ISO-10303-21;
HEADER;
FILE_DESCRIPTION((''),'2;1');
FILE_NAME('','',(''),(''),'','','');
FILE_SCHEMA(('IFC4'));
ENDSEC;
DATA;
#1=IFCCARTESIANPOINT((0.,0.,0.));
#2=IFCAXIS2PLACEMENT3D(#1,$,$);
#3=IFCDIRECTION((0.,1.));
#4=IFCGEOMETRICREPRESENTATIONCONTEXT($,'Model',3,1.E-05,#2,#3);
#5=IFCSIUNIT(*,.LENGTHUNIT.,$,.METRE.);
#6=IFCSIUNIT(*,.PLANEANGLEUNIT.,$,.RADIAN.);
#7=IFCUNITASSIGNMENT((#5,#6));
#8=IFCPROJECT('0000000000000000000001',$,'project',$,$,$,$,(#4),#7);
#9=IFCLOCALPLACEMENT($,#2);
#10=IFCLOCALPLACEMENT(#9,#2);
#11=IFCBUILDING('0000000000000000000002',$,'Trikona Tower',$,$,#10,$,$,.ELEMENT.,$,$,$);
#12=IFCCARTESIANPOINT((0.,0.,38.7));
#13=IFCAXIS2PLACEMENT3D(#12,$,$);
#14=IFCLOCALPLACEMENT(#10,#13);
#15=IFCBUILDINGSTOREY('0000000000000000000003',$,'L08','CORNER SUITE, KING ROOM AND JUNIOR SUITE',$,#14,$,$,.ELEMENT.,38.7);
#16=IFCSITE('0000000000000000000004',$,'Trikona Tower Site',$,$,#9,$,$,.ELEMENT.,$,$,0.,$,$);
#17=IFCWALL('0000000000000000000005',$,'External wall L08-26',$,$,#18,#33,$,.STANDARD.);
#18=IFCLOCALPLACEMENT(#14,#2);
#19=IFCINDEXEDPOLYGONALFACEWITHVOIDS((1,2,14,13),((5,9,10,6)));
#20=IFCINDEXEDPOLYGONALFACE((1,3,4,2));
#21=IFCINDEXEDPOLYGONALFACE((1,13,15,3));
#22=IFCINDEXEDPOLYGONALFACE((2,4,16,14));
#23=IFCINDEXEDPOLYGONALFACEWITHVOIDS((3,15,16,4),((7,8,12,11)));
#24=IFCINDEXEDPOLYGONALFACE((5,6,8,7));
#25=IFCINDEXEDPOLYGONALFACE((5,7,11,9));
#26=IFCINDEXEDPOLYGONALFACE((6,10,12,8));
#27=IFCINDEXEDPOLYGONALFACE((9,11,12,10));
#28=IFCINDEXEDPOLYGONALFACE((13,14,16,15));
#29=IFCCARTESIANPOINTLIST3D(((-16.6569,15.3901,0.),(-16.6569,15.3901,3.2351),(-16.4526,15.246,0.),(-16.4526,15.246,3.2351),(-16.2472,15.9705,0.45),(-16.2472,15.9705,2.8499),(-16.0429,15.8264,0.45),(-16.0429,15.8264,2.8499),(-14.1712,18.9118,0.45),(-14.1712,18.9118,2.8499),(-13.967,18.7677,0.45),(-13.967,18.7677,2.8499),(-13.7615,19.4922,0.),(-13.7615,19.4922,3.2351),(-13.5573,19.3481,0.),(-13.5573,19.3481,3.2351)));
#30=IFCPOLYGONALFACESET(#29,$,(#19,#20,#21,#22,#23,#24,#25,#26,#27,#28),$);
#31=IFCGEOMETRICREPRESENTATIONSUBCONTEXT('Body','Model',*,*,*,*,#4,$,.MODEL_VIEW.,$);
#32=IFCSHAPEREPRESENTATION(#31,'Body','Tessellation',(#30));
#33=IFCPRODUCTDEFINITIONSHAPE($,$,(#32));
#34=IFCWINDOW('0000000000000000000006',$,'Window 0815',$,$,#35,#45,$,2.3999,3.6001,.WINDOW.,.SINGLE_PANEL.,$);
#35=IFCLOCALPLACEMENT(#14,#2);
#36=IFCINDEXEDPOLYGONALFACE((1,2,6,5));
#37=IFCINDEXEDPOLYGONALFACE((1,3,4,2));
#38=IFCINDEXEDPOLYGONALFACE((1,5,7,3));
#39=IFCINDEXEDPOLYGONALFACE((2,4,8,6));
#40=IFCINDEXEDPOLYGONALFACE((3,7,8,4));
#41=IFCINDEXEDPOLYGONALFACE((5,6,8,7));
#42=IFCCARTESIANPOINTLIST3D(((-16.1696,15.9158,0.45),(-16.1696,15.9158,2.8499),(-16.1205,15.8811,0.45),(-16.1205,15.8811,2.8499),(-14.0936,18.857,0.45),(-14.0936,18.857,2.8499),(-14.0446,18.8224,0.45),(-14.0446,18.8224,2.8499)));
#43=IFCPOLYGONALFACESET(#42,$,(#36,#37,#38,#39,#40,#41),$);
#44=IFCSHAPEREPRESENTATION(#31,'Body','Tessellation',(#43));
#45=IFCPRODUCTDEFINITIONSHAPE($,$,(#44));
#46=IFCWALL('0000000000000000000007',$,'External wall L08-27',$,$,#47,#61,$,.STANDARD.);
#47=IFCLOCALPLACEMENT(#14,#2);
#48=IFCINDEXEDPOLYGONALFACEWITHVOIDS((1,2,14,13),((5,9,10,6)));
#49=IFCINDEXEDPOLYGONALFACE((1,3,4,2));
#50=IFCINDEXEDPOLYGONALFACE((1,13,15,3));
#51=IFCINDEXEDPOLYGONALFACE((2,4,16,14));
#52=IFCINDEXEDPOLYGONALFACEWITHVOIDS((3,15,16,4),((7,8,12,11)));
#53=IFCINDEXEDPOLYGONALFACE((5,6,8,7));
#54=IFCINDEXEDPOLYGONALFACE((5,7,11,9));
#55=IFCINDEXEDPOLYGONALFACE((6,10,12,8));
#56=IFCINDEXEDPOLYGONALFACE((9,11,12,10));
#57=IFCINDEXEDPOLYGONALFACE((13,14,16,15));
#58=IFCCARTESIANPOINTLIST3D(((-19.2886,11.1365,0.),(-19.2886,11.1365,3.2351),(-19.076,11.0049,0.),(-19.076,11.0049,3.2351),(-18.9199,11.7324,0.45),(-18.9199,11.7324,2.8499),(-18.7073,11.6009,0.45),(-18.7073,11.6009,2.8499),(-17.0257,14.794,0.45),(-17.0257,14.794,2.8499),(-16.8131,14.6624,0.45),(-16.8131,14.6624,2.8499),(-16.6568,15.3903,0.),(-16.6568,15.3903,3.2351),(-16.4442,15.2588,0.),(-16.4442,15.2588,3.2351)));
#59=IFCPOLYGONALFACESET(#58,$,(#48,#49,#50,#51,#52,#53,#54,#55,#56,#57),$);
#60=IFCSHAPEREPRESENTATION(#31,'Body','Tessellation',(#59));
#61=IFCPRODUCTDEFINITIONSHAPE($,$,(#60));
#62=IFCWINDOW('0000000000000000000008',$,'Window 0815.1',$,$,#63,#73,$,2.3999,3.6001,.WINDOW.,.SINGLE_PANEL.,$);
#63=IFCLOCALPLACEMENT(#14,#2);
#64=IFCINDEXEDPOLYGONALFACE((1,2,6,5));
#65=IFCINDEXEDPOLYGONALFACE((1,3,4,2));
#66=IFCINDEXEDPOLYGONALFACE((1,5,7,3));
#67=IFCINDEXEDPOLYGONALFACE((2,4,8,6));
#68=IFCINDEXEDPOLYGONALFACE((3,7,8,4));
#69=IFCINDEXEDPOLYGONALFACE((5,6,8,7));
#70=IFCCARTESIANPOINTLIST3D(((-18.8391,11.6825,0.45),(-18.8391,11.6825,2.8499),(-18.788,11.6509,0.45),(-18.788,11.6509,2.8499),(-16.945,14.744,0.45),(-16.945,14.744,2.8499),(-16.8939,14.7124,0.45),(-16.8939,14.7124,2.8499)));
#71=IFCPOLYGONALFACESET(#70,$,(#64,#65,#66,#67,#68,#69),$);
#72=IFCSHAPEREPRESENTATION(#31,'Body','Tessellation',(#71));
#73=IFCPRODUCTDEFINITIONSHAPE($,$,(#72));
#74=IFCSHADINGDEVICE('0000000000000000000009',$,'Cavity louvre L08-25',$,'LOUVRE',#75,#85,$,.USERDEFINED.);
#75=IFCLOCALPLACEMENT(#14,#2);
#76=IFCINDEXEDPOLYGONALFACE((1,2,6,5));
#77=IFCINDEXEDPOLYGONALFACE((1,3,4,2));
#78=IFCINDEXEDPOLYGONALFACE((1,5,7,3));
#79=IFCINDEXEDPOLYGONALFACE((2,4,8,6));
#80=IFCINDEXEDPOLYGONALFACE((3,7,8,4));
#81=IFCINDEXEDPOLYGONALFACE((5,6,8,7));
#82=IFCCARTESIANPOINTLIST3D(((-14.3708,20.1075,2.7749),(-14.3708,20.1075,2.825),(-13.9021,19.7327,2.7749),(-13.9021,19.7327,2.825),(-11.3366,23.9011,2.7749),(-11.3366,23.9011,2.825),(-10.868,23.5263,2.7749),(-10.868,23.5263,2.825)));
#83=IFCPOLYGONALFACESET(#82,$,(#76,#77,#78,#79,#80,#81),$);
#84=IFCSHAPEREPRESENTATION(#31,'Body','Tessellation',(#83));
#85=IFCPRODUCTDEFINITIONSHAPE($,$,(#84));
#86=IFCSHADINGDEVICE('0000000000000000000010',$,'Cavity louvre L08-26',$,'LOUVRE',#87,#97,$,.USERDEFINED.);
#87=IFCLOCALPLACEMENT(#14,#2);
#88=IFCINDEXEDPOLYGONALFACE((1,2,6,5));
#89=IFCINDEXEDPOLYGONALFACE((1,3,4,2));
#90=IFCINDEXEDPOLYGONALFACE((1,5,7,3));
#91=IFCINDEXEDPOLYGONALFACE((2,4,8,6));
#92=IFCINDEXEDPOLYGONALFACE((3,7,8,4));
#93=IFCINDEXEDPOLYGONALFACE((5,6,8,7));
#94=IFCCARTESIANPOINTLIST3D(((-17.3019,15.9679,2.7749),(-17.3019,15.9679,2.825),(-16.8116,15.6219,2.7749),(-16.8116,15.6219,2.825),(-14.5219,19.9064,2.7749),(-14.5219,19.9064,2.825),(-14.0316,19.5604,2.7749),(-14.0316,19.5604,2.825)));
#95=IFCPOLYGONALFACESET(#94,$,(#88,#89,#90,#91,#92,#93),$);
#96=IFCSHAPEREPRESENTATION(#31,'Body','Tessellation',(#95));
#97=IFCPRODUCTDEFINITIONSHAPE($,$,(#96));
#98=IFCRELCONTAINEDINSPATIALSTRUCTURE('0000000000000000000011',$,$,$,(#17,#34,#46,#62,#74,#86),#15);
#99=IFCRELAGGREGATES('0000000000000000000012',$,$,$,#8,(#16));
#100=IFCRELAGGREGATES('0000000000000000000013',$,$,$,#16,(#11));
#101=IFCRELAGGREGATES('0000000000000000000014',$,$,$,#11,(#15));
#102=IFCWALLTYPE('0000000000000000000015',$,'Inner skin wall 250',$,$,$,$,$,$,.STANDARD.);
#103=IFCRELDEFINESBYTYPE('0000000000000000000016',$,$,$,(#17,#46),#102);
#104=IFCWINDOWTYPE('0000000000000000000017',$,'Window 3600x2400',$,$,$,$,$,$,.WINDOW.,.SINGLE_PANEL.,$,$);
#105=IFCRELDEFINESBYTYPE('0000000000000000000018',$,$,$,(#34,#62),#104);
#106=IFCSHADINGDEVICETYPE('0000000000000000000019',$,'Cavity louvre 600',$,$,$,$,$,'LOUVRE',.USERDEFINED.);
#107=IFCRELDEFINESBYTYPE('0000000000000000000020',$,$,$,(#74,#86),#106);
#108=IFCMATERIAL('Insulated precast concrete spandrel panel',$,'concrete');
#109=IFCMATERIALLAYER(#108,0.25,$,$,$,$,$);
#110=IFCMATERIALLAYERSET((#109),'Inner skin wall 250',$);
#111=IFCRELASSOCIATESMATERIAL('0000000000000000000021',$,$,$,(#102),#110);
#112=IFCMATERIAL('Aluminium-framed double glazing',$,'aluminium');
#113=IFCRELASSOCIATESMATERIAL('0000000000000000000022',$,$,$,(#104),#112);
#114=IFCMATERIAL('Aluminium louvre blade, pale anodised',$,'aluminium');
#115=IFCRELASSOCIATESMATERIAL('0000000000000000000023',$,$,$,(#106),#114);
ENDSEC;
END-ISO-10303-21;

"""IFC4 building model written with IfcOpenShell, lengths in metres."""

from ifc_helpers import new_model, si_unit, direction, frame, frame_2d, origin, origin_2d, place, context, subcontext, project, spatial, rectangle, extrude, material, layer, layer_set, type_object, element, fill, save


model = new_model("IFC4")

# Units and contexts
model_context = context("Model", 3, precision=1e-05, world=origin(), true_north=direction((0.0, 1.0)))
body_context = subcontext(model_context, "Body", "Model", "MODEL_VIEW")
ifc_project = project(units=[si_unit("LENGTHUNIT", "METRE"), si_unit("PLANEANGLEUNIT", "RADIAN")], contexts=[model_context])

# Site, building, storey
site_placement = place(None, origin())
site = spatial("IfcSite", under=ifc_project, at=site_placement, Name="Trikona Tower Site", CompositionType="ELEMENT", RefElevation=0.0)
building_placement = place(site_placement, origin())
building = spatial("IfcBuilding", under=site, at=building_placement, Name="Trikona Tower", CompositionType="ELEMENT")
storey_placement = place(building_placement, frame((0.0, 0.0, 38.7)))
storey = spatial("IfcBuildingStorey", under=building, at=storey_placement, Name="L08", Description="CORNER SUITE, KING ROOM AND JUNIOR SUITE", CompositionType="ELEMENT", Elevation=38.7)

# Walls, openings, windows
ifc_material_1 = material(Name="Insulated precast concrete spandrel panel", Category="concrete")
ifc_layer_1 = layer(ifc_material_1, 0.25)
ifc_layer_set_1 = layer_set([ifc_layer_1], Name="Inner skin wall 250")
wall_type = type_object("IfcWallType", Name="Inner skin wall 250", PredefinedType="STANDARD", material=ifc_layer_set_1)
ifc_material_2 = material(Name="Aluminium-framed double glazing", Category="aluminium")
window_type = type_object("IfcWindowType", Name="Window 3600x2400", PartitioningType="SINGLE_PANEL", PredefinedType="WINDOW", material=ifc_material_2)
wall_1_placement = place(storey_placement, frame((-13.6594, 19.4202, 0.0), z_axis=(0.0, 0.0, 1.0), x_axis=(-0.576643, -0.816996, 0.0)))
wall_1 = element("IfcWall", 1, at=wall_1_placement, inside=storey, type_object=wall_type, Name="External wall L08-26", PredefinedType="STANDARD", context=body_context, shape_type="SweptSolid", body=[
    extrude(rectangle(XDim=5.021, YDim=0.25, at=frame_2d((2.5105, 0.0))), origin(), (0.0, 0.0, 1.0), 3.2351),
])
opening_1_placement = place(wall_1_placement, frame((0.7104, 0.0, 0.45)))
opening_1 = element("IfcOpeningElement", 2, at=opening_1_placement, cuts=wall_1, PredefinedType="OPENING", context=body_context, shape_type="SweptSolid", body=[
    extrude(rectangle(XDim=3.6001, YDim=2.3999, at=frame_2d((1.8, 1.2))), frame((0.0, 0.135, 0.0), z_axis=(0.0, -1.0, 0.0), x_axis=(1.0, 0.0, 0.0)), (0.0, 0.0, 1.0), 0.27),
])
window_1_placement = place(opening_1_placement, origin())
window_1 = element("IfcWindow", 3, at=window_1_placement, inside=storey, type_object=window_type, Name="Window 0815", OverallHeight=2.3999, OverallWidth=3.6001, PartitioningType="SINGLE_PANEL", PredefinedType="WINDOW", context=body_context, shape_type="SweptSolid", body=[
    extrude(rectangle(XDim=3.6001, YDim=2.3999, at=frame_2d((1.8, 1.2))), frame((0.0, 0.03, 0.0), z_axis=(0.0, -1.0, 0.0), x_axis=(1.0, 0.0, 0.0)), (0.0, 0.0, 1.0), 0.0601),
])
fill(opening_1, window_1)
wall_2_placement = place(storey_placement, frame((-16.5505, 15.3245, 0.0), z_axis=(0.0, 0.0, 1.0), x_axis=(-0.526133, -0.850402, 0.0)))
wall_2 = element("IfcWall", 4, at=wall_2_placement, inside=storey, type_object=wall_type, Name="External wall L08-27", PredefinedType="STANDARD", context=body_context, shape_type="SweptSolid", body=[
    extrude(rectangle(XDim=5.0022, YDim=0.25, at=frame_2d((2.501, 0.0))), origin(), (0.0, 0.0, 1.0), 3.2351),
])
opening_2_placement = place(wall_2_placement, frame((0.7012, 0.0, 0.45)))
opening_2 = element("IfcOpeningElement", 5, at=opening_2_placement, cuts=wall_2, PredefinedType="OPENING", context=body_context, shape_type="SweptSolid", body=[
    extrude(rectangle(XDim=3.6001, YDim=2.3999, at=frame_2d((1.8, 1.2))), frame((0.0, 0.135, 0.0), z_axis=(0.0, -1.0, 0.0), x_axis=(1.0, 0.0, 0.0)), (0.0, 0.0, 1.0), 0.27),
])
window_2_placement = place(opening_2_placement, origin())
window_2 = element("IfcWindow", 6, at=window_2_placement, inside=storey, type_object=window_type, Name="Window 0815.1", OverallHeight=2.3999, OverallWidth=3.6001, PartitioningType="SINGLE_PANEL", PredefinedType="WINDOW", context=body_context, shape_type="SweptSolid", body=[
    extrude(rectangle(XDim=3.6001, YDim=2.3999, at=frame_2d((1.8, 1.2))), frame((0.0, 0.03, 0.0), z_axis=(0.0, -1.0, 0.0), x_axis=(1.0, 0.0, 0.0)), (0.0, 0.0, 1.0), 0.0601),
])
fill(opening_2, window_2)

# Shading devices
ifc_material_3 = material(Name="Aluminium louvre blade, pale anodised", Category="aluminium")
shading_device_type = type_object("IfcShadingDeviceType", Name="Cavity louvre 600", ElementType="LOUVRE", PredefinedType="USERDEFINED", material=ifc_material_3)
shading_device_1_placement = place(storey_placement, frame((-12.6194, 21.8169, 2.7749), z_axis=(0.0, 0.0, 1.0), x_axis=(-0.624604, -0.780942, 0.0)))
element("IfcShadingDevice", 7, at=shading_device_1_placement, inside=storey, type_object=shading_device_type, Name="Cavity louvre L08-25", ObjectType="LOUVRE", PredefinedType="USERDEFINED", context=body_context, shape_type="SweptSolid", body=[
    extrude(rectangle(XDim=4.8577, YDim=0.6001, at=origin_2d()), origin(), (0.0, 0.0, 1.0), 0.05),
])
shading_device_2_placement = place(storey_placement, frame((-15.6667, 17.7642, 2.7749), z_axis=(0.0, 0.0, 1.0), x_axis=(-0.576662, -0.816983, 0.0)))
element("IfcShadingDevice", 8, at=shading_device_2_placement, inside=storey, type_object=shading_device_type, Name="Cavity louvre L08-26", ObjectType="LOUVRE", PredefinedType="USERDEFINED", context=body_context, shape_type="SweptSolid", body=[
    extrude(rectangle(XDim=4.8208, YDim=0.6001, at=origin_2d()), origin(), (0.0, 0.0, 1.0), 0.05),
])

save(model, "model.ifc")
